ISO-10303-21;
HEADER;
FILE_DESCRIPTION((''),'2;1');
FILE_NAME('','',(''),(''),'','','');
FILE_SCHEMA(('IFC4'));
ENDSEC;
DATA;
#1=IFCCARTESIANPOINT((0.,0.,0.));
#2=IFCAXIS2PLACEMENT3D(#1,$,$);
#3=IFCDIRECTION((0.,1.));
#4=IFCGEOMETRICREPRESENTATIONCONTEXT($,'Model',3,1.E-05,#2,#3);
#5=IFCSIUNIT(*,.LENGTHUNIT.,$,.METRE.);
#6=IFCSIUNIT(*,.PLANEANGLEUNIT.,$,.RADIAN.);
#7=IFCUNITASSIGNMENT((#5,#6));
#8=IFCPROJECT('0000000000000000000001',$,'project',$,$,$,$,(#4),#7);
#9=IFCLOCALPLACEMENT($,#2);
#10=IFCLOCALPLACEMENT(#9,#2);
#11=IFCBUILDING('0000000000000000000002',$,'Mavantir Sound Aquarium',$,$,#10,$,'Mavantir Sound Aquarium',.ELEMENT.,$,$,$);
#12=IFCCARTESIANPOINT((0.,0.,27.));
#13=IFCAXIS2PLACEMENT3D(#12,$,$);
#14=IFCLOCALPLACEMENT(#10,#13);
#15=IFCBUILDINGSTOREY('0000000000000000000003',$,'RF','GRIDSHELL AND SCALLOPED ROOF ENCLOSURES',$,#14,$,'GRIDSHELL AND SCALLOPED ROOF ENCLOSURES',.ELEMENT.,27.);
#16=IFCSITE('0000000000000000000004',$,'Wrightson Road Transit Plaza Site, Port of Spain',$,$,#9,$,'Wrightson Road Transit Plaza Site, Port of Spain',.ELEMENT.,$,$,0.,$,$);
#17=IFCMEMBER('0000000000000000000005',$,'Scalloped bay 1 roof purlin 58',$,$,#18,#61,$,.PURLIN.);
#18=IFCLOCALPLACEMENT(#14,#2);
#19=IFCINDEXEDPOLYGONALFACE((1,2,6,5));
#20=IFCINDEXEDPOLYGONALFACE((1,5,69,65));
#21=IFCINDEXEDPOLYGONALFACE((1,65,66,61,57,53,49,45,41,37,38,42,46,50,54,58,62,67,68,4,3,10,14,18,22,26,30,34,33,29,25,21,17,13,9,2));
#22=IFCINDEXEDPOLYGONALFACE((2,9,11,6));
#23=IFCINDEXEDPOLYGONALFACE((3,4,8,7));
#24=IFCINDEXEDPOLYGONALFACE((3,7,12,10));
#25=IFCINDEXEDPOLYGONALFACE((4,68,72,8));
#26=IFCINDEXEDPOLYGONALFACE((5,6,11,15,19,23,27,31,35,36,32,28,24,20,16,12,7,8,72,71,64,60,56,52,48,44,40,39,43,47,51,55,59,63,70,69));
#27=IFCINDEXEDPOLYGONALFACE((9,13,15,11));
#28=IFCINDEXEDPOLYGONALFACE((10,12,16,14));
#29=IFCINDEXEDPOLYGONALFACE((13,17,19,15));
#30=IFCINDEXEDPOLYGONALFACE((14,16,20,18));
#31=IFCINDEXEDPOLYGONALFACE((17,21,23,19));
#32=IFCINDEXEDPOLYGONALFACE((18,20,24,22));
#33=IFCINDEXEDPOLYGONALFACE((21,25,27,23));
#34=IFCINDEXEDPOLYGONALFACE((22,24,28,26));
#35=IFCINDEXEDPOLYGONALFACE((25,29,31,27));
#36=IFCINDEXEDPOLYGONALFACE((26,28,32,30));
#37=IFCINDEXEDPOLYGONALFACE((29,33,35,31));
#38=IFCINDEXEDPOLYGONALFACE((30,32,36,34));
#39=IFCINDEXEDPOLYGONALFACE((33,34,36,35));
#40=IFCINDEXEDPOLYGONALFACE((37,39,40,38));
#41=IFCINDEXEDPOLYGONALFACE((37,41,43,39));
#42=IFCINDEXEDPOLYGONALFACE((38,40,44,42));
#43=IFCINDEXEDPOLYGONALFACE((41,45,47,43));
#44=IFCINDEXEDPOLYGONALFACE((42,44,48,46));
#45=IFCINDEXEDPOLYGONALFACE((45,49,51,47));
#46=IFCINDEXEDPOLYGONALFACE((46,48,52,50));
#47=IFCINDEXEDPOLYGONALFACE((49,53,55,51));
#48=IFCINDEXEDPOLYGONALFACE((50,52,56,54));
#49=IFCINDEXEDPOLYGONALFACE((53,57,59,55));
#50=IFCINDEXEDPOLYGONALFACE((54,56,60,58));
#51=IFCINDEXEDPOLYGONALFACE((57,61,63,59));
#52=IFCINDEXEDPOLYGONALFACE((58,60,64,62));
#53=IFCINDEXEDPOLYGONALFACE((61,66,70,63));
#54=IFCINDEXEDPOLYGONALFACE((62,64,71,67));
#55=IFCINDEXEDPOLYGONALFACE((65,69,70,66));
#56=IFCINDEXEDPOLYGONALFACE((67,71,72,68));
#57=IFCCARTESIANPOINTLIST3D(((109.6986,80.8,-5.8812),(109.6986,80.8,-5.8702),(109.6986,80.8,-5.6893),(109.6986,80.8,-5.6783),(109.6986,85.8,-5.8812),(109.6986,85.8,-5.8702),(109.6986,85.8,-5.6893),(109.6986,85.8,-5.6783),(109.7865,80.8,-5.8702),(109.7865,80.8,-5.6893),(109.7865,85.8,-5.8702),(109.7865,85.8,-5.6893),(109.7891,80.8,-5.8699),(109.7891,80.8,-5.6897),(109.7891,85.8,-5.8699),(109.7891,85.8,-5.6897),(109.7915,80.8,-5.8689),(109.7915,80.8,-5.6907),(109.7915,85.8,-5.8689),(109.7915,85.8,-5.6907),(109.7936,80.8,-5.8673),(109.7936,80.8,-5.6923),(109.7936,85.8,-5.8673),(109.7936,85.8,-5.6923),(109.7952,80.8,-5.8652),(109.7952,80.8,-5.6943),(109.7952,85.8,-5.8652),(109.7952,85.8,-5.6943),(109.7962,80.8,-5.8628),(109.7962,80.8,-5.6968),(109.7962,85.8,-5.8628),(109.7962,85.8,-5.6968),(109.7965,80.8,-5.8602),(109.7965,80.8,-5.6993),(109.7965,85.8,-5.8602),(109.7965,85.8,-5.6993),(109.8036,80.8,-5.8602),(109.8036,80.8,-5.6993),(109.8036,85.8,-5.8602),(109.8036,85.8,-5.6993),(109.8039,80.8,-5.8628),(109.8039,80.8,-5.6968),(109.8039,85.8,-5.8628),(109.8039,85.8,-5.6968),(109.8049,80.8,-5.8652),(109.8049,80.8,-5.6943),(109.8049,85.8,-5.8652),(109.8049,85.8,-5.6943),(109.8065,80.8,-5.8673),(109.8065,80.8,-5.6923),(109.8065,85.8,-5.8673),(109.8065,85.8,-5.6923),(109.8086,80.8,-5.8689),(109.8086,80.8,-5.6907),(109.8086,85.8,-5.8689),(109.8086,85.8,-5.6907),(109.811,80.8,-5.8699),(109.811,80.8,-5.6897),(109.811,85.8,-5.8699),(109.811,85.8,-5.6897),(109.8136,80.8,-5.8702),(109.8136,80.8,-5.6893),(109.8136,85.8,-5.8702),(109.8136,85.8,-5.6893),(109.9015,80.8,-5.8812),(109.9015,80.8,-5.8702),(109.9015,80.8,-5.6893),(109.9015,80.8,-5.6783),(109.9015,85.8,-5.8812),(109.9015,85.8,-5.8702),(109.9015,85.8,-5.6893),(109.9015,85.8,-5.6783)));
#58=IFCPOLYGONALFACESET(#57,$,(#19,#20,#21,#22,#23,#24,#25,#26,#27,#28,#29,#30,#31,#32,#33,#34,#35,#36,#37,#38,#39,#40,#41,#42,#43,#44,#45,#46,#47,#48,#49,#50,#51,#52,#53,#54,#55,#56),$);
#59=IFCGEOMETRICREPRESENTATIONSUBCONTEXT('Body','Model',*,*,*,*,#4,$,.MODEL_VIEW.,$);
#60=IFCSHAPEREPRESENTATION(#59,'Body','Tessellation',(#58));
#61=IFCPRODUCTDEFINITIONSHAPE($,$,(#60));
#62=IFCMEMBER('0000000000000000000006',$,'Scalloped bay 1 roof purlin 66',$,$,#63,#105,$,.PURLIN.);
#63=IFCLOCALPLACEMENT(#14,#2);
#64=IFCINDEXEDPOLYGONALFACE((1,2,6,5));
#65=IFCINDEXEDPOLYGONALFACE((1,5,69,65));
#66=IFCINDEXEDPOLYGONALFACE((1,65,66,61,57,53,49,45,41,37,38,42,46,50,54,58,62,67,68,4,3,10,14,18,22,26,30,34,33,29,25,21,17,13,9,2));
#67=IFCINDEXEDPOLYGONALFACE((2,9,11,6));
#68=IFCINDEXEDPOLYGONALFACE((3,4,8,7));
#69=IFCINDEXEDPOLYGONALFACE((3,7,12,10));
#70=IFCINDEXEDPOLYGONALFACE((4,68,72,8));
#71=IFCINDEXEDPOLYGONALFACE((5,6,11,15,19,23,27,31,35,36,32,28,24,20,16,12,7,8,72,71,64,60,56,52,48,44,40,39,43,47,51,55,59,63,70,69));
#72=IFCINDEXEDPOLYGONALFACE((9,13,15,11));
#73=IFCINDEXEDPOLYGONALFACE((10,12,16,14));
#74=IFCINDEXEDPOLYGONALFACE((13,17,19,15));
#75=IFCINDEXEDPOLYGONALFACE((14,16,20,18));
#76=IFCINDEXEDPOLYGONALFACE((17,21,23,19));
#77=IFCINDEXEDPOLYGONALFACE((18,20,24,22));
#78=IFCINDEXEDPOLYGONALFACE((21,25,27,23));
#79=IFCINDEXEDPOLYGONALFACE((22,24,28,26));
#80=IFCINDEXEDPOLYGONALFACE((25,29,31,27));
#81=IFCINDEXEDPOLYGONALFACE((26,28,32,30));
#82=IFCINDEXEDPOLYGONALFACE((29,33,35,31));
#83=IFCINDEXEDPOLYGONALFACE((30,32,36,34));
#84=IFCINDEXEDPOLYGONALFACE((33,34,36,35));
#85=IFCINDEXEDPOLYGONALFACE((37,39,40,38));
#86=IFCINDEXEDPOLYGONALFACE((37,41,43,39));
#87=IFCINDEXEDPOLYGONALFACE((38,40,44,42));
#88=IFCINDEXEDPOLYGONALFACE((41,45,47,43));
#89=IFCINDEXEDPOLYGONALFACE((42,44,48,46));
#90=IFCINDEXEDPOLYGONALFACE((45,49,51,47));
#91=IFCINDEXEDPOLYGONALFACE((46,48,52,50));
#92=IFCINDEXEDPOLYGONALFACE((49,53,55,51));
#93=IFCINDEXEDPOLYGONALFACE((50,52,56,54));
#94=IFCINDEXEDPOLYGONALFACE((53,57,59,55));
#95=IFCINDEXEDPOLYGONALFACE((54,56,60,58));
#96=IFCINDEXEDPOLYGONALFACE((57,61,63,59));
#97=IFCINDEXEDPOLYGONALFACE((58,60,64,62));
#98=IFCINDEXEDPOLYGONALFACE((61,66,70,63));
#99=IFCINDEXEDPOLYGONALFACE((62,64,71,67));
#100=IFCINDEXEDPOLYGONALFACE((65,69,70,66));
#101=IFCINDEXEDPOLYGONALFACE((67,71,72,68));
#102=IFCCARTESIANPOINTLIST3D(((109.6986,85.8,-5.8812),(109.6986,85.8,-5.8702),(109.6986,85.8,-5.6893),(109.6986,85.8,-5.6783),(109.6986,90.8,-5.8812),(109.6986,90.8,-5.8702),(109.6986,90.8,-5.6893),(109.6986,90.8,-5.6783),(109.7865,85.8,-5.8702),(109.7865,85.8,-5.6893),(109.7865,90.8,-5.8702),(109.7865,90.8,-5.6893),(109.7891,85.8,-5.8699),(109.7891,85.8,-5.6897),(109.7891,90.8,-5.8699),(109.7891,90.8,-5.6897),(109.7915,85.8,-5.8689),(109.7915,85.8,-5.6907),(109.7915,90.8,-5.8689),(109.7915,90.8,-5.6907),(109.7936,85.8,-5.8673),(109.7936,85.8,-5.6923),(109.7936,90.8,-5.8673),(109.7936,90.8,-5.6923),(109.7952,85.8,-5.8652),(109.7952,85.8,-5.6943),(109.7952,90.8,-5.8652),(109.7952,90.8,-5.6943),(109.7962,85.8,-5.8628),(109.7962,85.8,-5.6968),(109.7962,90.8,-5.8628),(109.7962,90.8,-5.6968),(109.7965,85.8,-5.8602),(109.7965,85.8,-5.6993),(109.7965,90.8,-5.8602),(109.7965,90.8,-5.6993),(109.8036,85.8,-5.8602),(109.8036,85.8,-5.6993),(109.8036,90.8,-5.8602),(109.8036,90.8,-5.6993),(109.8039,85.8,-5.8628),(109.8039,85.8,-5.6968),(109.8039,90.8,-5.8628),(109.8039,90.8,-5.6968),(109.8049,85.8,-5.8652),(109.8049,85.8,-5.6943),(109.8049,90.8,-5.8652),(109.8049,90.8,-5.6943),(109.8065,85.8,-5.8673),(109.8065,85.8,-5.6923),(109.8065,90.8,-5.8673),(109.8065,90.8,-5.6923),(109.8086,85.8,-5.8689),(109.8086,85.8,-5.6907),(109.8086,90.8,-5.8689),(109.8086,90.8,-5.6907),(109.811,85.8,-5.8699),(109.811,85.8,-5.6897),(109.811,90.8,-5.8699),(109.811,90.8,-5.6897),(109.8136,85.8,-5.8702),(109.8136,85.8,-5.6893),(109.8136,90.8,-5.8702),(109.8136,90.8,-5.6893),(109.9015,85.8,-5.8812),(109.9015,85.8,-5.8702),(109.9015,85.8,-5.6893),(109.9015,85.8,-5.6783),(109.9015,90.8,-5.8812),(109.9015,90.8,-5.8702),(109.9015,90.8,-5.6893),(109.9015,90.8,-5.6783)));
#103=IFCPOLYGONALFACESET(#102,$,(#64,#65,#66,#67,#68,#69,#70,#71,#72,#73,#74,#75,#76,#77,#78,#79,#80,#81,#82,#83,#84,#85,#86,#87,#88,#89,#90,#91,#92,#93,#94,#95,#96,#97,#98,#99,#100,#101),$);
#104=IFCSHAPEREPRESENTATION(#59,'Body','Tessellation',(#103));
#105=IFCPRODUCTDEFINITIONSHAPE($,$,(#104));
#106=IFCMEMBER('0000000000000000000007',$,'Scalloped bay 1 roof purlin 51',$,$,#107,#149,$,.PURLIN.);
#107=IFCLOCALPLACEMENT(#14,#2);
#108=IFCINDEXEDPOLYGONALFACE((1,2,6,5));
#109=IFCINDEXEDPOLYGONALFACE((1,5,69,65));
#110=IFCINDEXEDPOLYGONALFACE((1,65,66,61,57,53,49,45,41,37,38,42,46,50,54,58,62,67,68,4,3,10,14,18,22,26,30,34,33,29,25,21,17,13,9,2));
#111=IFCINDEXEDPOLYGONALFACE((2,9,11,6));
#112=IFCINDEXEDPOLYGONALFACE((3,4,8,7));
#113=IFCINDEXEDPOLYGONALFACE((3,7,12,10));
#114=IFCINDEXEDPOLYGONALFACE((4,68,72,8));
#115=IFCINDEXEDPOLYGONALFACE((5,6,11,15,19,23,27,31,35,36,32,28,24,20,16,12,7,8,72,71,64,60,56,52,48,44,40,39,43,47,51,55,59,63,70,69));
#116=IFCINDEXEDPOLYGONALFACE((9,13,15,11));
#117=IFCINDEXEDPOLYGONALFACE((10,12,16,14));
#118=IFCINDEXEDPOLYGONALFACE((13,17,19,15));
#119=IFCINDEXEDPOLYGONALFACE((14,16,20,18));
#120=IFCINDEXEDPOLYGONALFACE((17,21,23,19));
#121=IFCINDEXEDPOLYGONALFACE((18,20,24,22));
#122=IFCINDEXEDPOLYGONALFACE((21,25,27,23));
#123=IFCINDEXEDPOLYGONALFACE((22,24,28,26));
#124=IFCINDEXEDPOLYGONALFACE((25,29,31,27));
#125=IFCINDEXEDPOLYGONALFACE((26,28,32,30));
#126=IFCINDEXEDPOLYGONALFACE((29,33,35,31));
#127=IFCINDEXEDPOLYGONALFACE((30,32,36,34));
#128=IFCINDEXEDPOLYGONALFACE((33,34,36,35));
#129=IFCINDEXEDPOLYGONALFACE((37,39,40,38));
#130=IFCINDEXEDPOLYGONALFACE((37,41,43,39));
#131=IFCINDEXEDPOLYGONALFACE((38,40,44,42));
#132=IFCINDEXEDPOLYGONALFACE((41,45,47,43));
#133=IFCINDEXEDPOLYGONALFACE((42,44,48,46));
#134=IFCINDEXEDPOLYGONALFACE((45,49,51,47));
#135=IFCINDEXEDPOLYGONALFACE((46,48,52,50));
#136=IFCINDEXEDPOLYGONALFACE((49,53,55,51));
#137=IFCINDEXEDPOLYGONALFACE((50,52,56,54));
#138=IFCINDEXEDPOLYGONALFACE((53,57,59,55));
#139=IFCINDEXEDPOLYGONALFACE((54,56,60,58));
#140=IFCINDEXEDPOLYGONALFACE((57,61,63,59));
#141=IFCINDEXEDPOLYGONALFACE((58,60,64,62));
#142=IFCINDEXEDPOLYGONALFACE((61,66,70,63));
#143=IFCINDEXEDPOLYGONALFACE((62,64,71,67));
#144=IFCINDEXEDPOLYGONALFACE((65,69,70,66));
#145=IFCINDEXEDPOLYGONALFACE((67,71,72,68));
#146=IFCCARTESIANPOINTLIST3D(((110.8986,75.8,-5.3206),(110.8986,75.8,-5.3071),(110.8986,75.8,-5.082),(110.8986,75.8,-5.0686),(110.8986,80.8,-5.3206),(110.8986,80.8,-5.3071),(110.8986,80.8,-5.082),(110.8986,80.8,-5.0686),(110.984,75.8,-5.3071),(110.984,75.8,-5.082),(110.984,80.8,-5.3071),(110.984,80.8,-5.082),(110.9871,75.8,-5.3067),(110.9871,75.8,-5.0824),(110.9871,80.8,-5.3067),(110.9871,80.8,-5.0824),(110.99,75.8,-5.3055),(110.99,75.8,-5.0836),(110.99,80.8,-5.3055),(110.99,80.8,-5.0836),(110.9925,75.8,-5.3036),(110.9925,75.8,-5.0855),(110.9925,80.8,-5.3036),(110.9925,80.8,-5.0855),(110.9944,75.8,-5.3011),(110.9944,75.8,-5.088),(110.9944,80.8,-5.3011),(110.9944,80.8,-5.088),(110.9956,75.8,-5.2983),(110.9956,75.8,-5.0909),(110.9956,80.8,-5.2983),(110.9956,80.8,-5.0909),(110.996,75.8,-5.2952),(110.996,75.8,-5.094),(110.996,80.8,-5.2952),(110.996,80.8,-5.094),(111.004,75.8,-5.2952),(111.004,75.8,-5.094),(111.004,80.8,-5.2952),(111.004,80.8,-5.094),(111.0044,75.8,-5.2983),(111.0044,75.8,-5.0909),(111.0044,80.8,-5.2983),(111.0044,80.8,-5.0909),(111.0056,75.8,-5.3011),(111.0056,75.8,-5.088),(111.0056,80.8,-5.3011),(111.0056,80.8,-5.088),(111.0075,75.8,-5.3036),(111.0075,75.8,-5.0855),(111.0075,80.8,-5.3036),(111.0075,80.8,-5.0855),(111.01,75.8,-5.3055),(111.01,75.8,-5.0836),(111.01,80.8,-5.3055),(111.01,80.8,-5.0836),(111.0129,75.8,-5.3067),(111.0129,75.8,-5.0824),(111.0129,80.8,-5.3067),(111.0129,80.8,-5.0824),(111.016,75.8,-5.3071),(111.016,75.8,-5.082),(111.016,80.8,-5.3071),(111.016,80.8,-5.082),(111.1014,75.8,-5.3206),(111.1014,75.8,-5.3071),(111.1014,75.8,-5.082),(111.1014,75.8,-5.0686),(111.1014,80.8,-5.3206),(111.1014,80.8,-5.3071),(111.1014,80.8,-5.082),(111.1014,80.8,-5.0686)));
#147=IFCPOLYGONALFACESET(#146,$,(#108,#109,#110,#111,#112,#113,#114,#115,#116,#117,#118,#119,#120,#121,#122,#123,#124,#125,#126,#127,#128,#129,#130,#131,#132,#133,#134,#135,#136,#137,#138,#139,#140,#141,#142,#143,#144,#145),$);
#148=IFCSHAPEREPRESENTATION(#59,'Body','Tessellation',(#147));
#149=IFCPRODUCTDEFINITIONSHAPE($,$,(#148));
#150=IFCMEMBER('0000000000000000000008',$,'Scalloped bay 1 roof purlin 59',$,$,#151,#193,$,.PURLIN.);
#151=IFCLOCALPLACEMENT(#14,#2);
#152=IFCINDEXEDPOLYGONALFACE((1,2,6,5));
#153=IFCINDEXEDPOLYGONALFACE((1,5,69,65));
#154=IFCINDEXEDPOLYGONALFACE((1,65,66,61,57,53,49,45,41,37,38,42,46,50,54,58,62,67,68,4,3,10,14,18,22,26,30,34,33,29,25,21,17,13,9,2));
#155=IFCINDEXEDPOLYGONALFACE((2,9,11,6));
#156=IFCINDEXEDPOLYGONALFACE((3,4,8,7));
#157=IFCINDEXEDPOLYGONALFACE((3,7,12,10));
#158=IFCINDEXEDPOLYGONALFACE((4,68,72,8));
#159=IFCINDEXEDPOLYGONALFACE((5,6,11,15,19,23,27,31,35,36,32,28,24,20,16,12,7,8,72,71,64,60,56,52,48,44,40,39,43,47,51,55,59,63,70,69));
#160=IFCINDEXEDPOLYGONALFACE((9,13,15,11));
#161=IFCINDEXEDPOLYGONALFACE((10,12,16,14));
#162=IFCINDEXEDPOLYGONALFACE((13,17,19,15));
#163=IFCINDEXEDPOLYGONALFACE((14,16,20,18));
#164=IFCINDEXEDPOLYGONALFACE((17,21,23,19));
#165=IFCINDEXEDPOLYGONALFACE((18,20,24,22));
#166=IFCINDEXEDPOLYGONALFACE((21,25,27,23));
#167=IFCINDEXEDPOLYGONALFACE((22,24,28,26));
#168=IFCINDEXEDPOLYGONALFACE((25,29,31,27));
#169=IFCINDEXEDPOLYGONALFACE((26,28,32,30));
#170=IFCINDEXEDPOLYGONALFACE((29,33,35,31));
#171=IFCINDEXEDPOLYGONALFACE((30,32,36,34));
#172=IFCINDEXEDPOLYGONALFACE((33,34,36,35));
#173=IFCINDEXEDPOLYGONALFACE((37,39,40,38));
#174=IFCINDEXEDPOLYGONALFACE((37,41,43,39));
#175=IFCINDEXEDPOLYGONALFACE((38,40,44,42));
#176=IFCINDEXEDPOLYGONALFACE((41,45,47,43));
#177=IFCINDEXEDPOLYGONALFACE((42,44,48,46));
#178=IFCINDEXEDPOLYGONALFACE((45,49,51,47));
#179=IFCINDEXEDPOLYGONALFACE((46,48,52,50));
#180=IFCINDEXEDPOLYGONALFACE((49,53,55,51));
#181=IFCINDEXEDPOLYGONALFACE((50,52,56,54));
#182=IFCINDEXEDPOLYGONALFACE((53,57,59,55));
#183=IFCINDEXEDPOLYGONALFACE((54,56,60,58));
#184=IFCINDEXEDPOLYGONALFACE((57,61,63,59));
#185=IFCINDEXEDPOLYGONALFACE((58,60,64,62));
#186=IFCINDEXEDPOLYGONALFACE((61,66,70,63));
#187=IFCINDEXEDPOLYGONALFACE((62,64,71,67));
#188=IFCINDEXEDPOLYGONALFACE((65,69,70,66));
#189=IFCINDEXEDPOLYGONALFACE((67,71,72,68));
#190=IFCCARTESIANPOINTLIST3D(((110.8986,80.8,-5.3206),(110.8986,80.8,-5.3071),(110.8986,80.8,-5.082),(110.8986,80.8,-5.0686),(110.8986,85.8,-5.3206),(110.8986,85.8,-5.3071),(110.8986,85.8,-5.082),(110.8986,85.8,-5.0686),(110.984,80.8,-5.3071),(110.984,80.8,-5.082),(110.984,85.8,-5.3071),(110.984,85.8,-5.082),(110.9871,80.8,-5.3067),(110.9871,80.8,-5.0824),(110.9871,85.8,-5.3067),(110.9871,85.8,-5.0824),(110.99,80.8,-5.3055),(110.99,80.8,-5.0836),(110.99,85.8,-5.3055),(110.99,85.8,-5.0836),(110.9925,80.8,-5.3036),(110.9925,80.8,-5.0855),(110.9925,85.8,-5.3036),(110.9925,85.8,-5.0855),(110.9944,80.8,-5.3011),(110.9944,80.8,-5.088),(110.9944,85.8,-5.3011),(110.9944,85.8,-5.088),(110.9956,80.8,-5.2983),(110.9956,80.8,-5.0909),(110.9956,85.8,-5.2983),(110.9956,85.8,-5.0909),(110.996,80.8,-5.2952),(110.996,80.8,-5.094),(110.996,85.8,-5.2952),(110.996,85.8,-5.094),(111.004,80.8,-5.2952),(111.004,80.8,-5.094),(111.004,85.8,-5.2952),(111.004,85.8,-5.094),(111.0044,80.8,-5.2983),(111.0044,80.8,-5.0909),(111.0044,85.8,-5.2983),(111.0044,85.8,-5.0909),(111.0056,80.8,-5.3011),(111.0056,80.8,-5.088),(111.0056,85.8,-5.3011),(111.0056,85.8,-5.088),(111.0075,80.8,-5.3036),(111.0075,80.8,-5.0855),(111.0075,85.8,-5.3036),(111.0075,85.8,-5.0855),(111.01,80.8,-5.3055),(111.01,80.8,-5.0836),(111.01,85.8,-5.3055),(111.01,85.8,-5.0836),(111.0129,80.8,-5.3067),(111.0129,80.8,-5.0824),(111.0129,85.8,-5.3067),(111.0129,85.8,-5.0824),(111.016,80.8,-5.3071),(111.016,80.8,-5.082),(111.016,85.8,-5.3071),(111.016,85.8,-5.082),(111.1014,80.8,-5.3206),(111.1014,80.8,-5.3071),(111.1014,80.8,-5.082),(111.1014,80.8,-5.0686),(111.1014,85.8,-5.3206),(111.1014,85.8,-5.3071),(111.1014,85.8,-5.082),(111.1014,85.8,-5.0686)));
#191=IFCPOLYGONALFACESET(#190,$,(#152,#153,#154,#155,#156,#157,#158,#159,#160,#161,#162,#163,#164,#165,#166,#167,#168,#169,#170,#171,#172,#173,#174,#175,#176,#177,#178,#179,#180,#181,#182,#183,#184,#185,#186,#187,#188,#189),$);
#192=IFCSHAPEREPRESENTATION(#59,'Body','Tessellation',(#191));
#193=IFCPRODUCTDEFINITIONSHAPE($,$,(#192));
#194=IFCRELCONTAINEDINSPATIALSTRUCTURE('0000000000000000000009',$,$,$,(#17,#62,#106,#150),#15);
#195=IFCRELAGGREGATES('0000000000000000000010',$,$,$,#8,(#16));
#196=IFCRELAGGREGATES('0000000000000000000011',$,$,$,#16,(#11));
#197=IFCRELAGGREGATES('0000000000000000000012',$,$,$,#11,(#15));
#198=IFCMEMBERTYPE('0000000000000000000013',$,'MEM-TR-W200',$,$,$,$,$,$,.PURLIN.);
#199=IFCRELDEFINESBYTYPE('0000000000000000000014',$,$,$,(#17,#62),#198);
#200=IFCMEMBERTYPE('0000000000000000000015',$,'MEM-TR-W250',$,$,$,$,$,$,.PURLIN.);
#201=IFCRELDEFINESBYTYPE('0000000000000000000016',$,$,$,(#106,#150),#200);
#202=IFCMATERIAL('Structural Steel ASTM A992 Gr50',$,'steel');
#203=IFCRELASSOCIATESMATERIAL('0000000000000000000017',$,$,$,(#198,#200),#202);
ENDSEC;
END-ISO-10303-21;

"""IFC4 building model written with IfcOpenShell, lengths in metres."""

from ifc_helpers import new_model, si_unit, direction, frame, origin, origin_2d, place, context, subcontext, project, spatial, i_section, extrude, material, material_profile, profile_set, type_object, element, save


model = new_model("IFC4")

# Units and contexts
model_context = context("Model", 3, precision=1e-05, world=origin(), true_north=direction((0.0, 1.0)))
body_context = subcontext(model_context, "Body", "Model", "MODEL_VIEW")
ifc_project = project(units=[si_unit("LENGTHUNIT", "METRE"), si_unit("PLANEANGLEUNIT", "RADIAN")], contexts=[model_context])

# Site, building, storey
site_placement = place(None, origin())
site = spatial("IfcSite", under=ifc_project, at=site_placement, Name="Wrightson Road Transit Plaza Site, Port of Spain", LongName="Wrightson Road Transit Plaza Site, Port of Spain", CompositionType="ELEMENT", RefElevation=0.0)
building_placement = place(site_placement, origin())
building = spatial("IfcBuilding", under=site, at=building_placement, Name="Mavantir Sound Aquarium", LongName="Mavantir Sound Aquarium", CompositionType="ELEMENT")
storey_placement = place(building_placement, frame((0.0, 0.0, 27.0)))
storey = spatial("IfcBuildingStorey", under=building, at=storey_placement, Name="RF", Description="GRIDSHELL AND SCALLOPED ROOF ENCLOSURES", LongName="GRIDSHELL AND SCALLOPED ROOF ENCLOSURES", CompositionType="ELEMENT", Elevation=27.0)

# Members
ifc_material_1 = material(Name="Structural Steel ASTM A992 Gr50", Category="steel")
ifc_material_profile_1 = material_profile(ifc_material_1, i_section(OverallWidth=0.2029, OverallDepth=0.2029, WebThickness=0.0071, FlangeThickness=0.011, FilletRadius=0.01, at=origin_2d()), Name="W200X46")
ifc_profile_set_1 = profile_set([ifc_material_profile_1], Name="Structural Steel ASTM A992 Gr50")
member_type_1 = type_object("IfcMemberType", Name="MEM-TR-W200", PredefinedType="PURLIN", material=ifc_profile_set_1)
for number, where, z_axis, x_axis, name in (
    (1, (109.8, 80.8, -5.7798), (0.0, 1.0, 0.0), (-1.0, 0.0, 0.0), "Scalloped bay 1 roof purlin 58"),
    (2, (109.8, 85.8, -5.7798), (0.0, 1.0, 0.0), (-1.0, 0.0, 0.0), "Scalloped bay 1 roof purlin 66"),
):
    element("IfcMember", number, at=place(storey_placement, frame(where, z_axis=z_axis, x_axis=x_axis)), inside=storey, type_object=member_type_1, Name=name, PredefinedType="PURLIN", context=body_context, shape_type="SweptSolid", body=[
        extrude(i_section(OverallWidth=0.2029, OverallDepth=0.2029, WebThickness=0.0071, FlangeThickness=0.011, FilletRadius=0.01, at=origin_2d()), origin(), (0.0, 0.0, 1.0), 5.0),
    ])
ifc_material_profile_2 = material_profile(ifc_material_1, i_section(OverallWidth=0.2029, OverallDepth=0.252, WebThickness=0.0081, FlangeThickness=0.0134, FilletRadius=0.012, at=origin_2d()), Name="W250X58")
ifc_profile_set_2 = profile_set([ifc_material_profile_2], Name="Structural Steel ASTM A992 Gr50")
member_type_2 = type_object("IfcMemberType", Name="MEM-TR-W250", PredefinedType="PURLIN", material=ifc_profile_set_2)
for number, where, z_axis, x_axis, name in (
    (3, (111.0, 75.8, -5.1946), (0.0, 1.0, 0.0), (-1.0, 0.0, 0.0), "Scalloped bay 1 roof purlin 51"),
    (4, (111.0, 80.8, -5.1946), (0.0, 1.0, 0.0), (-1.0, 0.0, 0.0), "Scalloped bay 1 roof purlin 59"),
):
    element("IfcMember", number, at=place(storey_placement, frame(where, z_axis=z_axis, x_axis=x_axis)), inside=storey, type_object=member_type_2, Name=name, PredefinedType="PURLIN", context=body_context, shape_type="SweptSolid", body=[
        extrude(i_section(OverallWidth=0.2029, OverallDepth=0.252, WebThickness=0.0081, FlangeThickness=0.0134, FilletRadius=0.012, at=origin_2d()), origin(), (0.0, 0.0, 1.0), 5.0),
    ])

save(model, "model.ifc")
